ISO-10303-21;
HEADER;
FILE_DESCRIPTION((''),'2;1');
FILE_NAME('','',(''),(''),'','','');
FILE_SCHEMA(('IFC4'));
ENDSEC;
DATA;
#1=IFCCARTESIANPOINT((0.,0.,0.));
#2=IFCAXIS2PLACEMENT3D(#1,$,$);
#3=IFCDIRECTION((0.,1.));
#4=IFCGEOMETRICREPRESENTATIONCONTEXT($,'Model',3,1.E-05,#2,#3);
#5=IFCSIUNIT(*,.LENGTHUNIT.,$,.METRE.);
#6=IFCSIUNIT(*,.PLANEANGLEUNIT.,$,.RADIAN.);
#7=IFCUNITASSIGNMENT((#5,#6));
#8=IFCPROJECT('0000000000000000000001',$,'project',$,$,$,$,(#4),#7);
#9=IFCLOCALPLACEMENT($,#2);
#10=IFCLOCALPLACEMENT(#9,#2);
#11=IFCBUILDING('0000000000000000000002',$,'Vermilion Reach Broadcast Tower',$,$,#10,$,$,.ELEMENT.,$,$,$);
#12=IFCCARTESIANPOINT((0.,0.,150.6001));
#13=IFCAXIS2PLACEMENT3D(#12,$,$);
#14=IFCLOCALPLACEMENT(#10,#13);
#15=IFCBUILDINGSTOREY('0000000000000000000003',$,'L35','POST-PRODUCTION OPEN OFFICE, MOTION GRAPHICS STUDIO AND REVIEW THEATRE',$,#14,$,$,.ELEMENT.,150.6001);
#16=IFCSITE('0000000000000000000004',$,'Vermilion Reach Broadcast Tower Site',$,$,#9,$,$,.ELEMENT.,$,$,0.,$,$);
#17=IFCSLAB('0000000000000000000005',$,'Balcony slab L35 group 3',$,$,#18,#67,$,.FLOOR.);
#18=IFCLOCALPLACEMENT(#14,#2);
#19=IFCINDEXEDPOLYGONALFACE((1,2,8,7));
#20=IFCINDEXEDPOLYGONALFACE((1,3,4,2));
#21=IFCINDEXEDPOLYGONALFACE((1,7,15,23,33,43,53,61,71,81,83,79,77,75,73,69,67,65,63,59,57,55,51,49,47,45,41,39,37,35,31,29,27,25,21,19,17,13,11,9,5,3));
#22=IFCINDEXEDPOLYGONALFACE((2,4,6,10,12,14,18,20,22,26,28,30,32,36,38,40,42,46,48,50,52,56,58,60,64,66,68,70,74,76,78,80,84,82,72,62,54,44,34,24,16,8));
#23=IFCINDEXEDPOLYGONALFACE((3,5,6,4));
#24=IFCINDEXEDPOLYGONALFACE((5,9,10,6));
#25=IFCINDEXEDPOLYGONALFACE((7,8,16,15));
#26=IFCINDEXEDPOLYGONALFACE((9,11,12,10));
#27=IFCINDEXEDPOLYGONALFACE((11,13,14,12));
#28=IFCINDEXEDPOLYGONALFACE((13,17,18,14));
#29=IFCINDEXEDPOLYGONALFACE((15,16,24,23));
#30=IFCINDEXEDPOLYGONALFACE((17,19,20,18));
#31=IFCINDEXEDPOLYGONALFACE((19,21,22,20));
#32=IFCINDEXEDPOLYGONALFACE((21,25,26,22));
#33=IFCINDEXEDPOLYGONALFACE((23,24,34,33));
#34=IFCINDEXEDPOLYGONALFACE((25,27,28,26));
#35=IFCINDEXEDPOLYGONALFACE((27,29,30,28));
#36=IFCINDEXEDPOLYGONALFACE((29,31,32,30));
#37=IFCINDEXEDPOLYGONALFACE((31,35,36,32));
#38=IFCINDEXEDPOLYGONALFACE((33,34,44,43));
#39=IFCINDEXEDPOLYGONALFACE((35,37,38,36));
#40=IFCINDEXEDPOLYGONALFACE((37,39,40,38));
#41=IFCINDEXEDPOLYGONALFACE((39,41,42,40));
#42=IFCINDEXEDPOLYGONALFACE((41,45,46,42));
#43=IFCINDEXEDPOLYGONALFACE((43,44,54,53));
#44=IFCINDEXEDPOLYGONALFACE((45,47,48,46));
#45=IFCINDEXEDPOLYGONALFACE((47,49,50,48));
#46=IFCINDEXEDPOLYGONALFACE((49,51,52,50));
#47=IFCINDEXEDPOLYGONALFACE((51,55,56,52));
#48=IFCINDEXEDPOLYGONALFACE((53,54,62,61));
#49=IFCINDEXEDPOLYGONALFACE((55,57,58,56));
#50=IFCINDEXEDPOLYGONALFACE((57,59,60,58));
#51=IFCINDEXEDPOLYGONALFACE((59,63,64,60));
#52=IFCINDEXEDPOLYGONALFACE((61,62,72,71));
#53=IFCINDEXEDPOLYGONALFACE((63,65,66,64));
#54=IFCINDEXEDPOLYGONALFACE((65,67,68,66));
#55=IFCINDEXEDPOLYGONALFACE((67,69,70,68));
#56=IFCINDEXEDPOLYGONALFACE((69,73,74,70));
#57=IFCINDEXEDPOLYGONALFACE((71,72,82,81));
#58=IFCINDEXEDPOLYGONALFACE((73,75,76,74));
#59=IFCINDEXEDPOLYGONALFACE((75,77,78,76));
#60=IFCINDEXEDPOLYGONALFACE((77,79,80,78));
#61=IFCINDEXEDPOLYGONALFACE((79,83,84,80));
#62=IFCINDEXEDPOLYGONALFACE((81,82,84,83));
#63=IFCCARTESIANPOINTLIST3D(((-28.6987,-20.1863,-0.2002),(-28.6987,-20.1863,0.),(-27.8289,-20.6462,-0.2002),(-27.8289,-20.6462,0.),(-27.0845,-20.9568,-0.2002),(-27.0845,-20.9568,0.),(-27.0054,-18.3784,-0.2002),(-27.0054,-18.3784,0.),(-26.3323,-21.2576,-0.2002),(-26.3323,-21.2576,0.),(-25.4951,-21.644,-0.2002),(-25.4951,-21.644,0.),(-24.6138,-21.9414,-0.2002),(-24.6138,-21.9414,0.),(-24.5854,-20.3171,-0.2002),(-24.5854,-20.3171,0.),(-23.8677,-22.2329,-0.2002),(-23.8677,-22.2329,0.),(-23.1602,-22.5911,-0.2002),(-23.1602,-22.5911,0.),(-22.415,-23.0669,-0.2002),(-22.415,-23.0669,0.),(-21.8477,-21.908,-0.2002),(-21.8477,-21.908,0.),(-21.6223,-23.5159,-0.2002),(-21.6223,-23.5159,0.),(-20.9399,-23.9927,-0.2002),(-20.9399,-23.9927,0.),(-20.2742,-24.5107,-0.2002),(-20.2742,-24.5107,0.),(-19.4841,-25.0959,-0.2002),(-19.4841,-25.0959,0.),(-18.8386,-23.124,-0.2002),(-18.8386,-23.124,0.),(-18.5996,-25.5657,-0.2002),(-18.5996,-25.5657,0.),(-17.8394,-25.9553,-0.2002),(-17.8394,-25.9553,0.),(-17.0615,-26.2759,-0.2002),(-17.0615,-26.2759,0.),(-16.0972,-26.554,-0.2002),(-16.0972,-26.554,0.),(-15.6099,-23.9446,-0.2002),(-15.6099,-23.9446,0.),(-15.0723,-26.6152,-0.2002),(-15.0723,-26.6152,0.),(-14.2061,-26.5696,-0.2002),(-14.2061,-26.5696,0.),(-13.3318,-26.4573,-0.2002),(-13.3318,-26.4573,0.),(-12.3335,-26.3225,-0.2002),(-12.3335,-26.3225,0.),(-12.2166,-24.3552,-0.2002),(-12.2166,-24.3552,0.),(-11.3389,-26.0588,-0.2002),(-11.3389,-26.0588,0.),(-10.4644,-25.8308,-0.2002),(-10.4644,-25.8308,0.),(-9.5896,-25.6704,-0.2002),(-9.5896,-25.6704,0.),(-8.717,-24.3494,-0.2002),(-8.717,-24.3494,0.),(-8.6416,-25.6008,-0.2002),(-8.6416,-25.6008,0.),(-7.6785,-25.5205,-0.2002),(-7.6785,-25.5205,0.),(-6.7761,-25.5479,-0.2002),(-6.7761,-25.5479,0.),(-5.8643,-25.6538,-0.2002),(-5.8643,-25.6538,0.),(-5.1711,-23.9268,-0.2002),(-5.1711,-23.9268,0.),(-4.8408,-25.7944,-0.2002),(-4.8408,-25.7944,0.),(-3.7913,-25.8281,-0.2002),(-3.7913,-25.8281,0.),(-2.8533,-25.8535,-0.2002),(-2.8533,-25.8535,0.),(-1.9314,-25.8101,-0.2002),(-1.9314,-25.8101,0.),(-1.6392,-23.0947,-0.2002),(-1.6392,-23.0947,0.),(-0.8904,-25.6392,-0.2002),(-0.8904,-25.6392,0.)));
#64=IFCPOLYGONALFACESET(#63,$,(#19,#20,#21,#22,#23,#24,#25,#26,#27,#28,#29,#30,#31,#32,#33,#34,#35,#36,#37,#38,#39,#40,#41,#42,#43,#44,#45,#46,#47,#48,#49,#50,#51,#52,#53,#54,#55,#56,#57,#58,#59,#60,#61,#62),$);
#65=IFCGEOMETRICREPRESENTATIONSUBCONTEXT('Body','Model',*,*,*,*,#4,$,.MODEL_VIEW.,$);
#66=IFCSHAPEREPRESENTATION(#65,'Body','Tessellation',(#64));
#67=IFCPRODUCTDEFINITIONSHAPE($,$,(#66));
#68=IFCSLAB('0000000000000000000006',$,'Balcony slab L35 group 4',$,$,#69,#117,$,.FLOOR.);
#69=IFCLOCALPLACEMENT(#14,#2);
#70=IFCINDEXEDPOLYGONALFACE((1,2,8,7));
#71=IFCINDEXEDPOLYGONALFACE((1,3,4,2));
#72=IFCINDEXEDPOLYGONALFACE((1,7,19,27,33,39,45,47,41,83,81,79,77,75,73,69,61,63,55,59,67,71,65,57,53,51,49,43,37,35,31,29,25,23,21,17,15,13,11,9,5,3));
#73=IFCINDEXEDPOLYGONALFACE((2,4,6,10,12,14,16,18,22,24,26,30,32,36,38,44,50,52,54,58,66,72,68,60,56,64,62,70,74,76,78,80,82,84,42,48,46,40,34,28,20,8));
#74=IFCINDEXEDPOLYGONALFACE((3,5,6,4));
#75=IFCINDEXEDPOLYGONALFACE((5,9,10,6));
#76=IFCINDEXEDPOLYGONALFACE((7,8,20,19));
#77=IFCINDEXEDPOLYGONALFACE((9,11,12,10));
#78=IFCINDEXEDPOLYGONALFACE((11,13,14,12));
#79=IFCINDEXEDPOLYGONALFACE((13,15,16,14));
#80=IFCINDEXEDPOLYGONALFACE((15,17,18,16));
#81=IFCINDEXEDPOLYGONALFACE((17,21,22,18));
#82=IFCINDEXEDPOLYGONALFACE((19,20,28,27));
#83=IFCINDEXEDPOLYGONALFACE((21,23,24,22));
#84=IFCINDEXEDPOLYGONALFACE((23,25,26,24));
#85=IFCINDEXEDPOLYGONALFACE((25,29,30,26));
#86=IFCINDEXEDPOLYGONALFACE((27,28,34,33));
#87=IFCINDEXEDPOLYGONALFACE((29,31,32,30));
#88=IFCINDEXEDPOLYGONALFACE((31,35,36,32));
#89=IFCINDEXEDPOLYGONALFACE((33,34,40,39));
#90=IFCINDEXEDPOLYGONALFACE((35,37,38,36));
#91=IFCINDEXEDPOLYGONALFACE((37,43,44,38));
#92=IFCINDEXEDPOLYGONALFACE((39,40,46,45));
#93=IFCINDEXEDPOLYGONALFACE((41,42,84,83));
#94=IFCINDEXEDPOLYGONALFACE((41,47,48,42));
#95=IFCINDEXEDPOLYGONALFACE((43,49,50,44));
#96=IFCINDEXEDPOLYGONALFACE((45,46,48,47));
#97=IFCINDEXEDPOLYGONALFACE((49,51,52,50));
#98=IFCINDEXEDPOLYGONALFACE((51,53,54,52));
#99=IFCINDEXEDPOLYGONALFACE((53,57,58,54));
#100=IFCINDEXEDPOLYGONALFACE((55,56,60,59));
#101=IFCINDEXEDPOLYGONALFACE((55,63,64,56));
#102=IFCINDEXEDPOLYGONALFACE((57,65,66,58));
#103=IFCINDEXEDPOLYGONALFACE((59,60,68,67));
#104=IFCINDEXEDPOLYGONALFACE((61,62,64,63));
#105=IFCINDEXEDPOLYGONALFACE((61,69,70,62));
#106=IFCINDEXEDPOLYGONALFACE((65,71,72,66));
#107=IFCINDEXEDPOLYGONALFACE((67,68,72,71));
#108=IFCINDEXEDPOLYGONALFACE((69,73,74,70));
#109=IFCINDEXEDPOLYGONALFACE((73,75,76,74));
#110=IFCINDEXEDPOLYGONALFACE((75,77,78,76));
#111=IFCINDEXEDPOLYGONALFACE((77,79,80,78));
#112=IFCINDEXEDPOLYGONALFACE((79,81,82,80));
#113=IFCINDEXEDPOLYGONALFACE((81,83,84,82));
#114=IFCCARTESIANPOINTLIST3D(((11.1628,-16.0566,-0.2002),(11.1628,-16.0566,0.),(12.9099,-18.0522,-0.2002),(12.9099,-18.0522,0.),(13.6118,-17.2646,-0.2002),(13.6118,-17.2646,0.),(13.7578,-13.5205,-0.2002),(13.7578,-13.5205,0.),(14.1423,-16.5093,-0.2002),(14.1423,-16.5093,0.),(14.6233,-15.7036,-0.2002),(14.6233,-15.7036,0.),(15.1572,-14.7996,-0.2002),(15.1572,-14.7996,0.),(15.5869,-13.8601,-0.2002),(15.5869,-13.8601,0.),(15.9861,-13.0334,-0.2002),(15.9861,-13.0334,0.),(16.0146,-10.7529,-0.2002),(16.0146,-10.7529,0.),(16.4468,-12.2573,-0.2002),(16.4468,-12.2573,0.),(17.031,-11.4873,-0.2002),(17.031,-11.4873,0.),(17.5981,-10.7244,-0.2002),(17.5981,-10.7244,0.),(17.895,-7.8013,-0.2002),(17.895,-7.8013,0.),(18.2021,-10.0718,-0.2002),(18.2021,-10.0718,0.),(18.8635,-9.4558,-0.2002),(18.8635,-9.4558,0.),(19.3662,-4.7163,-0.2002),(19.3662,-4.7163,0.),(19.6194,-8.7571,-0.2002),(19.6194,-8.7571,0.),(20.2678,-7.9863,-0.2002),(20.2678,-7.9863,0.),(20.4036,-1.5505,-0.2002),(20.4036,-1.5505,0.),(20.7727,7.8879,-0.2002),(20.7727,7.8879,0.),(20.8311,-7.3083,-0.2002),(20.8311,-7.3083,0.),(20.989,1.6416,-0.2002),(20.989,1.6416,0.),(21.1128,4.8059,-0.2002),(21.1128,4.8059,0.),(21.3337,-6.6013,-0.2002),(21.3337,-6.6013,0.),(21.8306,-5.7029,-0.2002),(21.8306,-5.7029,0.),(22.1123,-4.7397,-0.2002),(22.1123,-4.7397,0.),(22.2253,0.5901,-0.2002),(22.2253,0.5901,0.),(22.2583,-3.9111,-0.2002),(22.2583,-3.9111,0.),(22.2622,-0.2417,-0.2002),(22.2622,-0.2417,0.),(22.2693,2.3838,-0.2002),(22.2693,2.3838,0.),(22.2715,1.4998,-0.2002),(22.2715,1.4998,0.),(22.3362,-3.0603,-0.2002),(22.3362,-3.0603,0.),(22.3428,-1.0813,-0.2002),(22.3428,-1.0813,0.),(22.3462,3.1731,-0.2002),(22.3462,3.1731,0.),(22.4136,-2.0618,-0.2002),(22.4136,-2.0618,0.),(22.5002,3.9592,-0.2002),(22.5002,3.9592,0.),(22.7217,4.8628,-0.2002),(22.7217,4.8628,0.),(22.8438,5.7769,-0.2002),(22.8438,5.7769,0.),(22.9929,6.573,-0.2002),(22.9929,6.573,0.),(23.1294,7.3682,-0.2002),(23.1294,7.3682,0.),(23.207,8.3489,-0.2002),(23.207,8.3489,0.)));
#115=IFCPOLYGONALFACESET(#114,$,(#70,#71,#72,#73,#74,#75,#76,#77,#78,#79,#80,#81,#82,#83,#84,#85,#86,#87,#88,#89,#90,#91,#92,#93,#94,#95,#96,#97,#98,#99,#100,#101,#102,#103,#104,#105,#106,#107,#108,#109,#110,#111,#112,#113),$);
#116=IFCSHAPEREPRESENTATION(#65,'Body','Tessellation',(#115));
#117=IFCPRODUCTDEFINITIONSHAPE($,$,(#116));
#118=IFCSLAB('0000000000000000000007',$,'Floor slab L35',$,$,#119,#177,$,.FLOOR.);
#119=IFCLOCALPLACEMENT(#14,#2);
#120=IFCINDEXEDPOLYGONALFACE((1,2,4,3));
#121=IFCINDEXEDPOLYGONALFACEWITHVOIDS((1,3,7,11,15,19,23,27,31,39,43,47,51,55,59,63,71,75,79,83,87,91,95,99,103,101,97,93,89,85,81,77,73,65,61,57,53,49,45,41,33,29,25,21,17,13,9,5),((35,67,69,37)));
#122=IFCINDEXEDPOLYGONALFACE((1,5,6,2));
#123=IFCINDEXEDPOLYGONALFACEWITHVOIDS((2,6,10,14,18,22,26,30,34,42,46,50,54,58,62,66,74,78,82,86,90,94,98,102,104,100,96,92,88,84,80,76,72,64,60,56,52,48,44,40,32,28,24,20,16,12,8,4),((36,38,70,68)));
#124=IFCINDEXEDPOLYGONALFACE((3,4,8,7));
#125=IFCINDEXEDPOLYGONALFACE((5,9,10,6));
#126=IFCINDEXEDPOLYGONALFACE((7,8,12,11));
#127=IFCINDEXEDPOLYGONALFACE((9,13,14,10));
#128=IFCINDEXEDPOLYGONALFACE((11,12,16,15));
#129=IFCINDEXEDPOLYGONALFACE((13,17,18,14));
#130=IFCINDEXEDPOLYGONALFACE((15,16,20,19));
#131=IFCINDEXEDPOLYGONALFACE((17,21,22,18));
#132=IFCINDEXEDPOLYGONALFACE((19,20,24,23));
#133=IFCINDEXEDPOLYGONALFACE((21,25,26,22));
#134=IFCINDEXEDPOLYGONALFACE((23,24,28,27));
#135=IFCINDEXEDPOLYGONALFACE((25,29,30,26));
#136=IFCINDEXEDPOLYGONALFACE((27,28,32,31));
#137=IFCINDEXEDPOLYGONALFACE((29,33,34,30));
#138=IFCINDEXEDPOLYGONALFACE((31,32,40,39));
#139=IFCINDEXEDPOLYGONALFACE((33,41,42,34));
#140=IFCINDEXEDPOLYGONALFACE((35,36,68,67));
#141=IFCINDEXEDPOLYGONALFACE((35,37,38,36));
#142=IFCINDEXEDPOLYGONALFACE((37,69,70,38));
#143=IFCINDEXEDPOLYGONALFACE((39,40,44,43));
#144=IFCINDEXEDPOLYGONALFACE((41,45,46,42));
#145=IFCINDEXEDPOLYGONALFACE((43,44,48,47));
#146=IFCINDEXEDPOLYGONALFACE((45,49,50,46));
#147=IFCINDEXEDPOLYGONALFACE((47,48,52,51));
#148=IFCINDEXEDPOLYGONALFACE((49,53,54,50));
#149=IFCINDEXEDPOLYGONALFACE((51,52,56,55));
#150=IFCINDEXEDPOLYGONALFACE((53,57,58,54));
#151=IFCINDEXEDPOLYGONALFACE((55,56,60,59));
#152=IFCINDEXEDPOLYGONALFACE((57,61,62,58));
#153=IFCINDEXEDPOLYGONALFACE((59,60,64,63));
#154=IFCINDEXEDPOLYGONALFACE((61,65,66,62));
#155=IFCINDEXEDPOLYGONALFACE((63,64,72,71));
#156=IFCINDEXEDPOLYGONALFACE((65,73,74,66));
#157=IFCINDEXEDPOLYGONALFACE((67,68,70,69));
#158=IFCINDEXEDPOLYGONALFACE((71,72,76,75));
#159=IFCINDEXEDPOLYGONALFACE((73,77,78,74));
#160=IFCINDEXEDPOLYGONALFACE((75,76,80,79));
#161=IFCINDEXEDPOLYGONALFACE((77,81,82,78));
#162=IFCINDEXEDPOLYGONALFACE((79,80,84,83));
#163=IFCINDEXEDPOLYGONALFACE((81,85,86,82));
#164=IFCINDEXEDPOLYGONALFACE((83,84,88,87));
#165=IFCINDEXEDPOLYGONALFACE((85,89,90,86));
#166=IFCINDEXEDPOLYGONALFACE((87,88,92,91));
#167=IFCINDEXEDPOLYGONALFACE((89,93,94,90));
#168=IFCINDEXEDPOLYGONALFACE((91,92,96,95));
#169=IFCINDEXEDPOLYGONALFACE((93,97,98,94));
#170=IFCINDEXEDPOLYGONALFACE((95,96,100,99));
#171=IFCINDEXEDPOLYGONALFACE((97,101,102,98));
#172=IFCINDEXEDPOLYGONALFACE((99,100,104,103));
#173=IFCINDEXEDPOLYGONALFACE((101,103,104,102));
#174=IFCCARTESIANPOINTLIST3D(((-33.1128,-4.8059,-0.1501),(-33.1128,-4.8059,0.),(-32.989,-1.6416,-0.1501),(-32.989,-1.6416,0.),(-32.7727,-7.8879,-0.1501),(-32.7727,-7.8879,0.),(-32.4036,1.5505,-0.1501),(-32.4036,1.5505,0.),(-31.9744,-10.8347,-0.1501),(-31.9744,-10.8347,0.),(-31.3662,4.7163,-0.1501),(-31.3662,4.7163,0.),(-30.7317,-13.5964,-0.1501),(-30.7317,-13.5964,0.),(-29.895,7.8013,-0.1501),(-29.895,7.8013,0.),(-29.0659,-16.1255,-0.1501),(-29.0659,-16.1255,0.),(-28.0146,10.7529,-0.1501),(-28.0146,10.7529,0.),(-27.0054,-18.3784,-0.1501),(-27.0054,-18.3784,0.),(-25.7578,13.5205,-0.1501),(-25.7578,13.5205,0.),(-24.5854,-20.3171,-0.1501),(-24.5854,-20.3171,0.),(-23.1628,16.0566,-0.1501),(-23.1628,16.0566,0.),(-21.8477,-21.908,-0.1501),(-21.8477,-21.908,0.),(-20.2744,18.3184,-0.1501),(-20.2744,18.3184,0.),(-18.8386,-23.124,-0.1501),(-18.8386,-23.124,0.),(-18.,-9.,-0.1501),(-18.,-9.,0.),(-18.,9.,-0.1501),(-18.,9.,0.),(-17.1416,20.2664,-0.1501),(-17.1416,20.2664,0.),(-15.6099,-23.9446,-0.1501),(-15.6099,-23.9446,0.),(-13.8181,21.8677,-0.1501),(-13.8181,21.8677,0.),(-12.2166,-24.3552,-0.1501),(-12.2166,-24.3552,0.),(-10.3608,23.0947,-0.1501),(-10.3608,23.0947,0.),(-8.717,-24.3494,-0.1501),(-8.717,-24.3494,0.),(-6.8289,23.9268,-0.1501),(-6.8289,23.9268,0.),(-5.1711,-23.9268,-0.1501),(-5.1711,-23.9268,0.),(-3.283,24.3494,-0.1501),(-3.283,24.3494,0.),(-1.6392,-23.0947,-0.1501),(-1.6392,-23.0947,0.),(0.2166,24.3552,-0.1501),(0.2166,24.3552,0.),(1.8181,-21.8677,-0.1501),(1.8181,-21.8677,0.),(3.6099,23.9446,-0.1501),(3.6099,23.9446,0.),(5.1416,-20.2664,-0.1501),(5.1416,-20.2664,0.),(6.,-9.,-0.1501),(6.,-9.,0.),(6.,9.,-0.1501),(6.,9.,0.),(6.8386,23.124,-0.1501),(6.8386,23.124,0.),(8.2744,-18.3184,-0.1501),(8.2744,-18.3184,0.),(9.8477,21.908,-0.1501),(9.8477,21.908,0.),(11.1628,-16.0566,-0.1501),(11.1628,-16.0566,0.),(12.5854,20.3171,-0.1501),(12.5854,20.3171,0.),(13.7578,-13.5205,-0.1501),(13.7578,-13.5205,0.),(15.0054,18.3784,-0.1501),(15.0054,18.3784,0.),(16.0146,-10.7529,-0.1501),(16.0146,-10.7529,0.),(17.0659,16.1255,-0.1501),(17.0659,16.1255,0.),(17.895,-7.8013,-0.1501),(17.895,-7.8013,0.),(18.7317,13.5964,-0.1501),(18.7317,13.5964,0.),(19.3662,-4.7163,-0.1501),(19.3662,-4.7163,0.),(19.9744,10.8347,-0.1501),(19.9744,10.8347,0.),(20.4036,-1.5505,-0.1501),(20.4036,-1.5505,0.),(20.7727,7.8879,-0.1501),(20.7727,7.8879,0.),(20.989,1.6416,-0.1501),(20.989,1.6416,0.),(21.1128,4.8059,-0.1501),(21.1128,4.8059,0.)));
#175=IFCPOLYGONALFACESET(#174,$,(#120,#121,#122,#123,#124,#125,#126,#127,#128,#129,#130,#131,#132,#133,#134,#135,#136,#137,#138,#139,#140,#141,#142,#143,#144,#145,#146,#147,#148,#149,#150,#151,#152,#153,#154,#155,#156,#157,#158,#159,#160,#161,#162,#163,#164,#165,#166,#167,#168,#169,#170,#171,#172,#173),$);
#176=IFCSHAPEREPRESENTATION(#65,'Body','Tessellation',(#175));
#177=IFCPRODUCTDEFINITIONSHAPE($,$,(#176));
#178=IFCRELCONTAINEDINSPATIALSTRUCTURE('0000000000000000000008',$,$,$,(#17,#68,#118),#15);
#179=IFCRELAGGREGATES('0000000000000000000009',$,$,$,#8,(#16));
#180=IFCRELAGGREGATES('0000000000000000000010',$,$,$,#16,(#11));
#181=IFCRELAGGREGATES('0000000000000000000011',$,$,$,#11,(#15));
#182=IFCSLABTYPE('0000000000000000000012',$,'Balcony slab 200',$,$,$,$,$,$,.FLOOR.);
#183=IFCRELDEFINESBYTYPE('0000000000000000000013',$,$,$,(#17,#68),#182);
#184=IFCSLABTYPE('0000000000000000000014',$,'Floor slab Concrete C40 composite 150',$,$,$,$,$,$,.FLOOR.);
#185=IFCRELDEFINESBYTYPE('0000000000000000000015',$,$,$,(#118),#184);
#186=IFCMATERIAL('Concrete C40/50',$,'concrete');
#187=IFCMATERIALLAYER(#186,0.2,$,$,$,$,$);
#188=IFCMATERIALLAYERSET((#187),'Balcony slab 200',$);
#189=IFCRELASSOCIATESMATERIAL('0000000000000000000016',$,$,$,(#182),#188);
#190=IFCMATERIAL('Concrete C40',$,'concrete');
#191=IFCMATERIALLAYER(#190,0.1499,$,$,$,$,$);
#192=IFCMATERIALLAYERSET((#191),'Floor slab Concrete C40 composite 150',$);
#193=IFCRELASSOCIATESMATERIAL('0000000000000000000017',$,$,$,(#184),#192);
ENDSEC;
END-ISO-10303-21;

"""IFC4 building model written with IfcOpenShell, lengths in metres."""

from ifc_helpers import new_model, si_unit, direction, frame, origin, place, context, subcontext, project, spatial, polyline, outline, extrude, material, layer, layer_set, type_object, element, save


model = new_model("IFC4")

# Units and contexts
model_context = context("Model", 3, precision=1e-05, world=origin(), true_north=direction((0.0, 1.0)))
body_context = subcontext(model_context, "Body", "Model", "MODEL_VIEW")
ifc_project = project(units=[si_unit("LENGTHUNIT", "METRE"), si_unit("PLANEANGLEUNIT", "RADIAN")], contexts=[model_context])

# Site, building, storey
site_placement = place(None, origin())
site = spatial("IfcSite", under=ifc_project, at=site_placement, Name="Vermilion Reach Broadcast Tower Site", CompositionType="ELEMENT", RefElevation=0.0)
building_placement = place(site_placement, origin())
building = spatial("IfcBuilding", under=site, at=building_placement, Name="Vermilion Reach Broadcast Tower", CompositionType="ELEMENT")
storey_placement = place(building_placement, frame((0.0, 0.0, 150.6001)))
storey = spatial("IfcBuildingStorey", under=building, at=storey_placement, Name="L35", Description="POST-PRODUCTION OPEN OFFICE, MOTION GRAPHICS STUDIO AND REVIEW THEATRE", CompositionType="ELEMENT", Elevation=150.6001)

# Slabs
ifc_material_1 = material(Name="Concrete C40/50", Category="concrete")
ifc_layer_1 = layer(ifc_material_1, 0.2)
ifc_layer_set_1 = layer_set([ifc_layer_1], Name="Balcony slab 200")
slab_type_1 = type_object("IfcSlabType", Name="Balcony slab 200", PredefinedType="FLOOR", material=ifc_layer_set_1)
placement_1 = place(storey_placement, frame((0.0, 0.0, -0.2002)))
element("IfcSlab", 1, at=placement_1, inside=storey, type_object=slab_type_1, Name="Balcony slab L35 group 3", PredefinedType="FLOOR", context=body_context, shape_type="SweptSolid", body=[
    extrude(outline(polyline([(-27.0054, -18.3784), (-24.5854, -20.3171), (-21.8477, -21.908), (-18.8386, -23.124), (-15.6099, -23.9446), (-12.2166, -24.3552), (-8.717, -24.3494), (-5.1711, -23.9268), (-1.6392, -23.0947), (-0.8904, -25.6392), (-1.9314, -25.8101), (-2.8533, -25.8535), (-3.7913, -25.8281), (-4.8408, -25.7944), (-5.8643, -25.6538), (-6.7761, -25.5479), (-7.6785, -25.5205), (-8.6416, -25.6008), (-9.5896, -25.6704), (-10.4644, -25.8308), (-11.3389, -26.0588), (-12.3335, -26.3225), (-13.3318, -26.4573), (-14.2061, -26.5696), (-15.0723, -26.6152), (-16.0972, -26.554), (-17.0615, -26.2759), (-17.8394, -25.9553), (-18.5996, -25.5657), (-19.4841, -25.0959), (-20.2742, -24.5107), (-20.9399, -23.9927), (-21.6223, -23.5159), (-22.415, -23.0669), (-23.1602, -22.5911), (-23.8677, -22.2329), (-24.6138, -21.9414), (-25.4951, -21.644), (-26.3323, -21.2576), (-27.0845, -20.9568), (-27.8289, -20.6462), (-28.6987, -20.1863), (-27.0054, -18.3784)])), origin(), (0.0, 0.0, 1.0), 0.2002),
])
element("IfcSlab", 2, at=placement_1, inside=storey, type_object=slab_type_1, Name="Balcony slab L35 group 4", PredefinedType="FLOOR", context=body_context, shape_type="SweptSolid", body=[
    extrude(outline(polyline([(11.1628, -16.0566), (13.7578, -13.5205), (16.0146, -10.7529), (17.895, -7.8013), (19.3662, -4.7163), (20.4036, -1.5505), (20.989, 1.6416), (21.1128, 4.8059), (20.7727, 7.8879), (23.207, 8.3489), (23.1294, 7.3682), (22.9929, 6.573), (22.8438, 5.7769), (22.7217, 4.8628), (22.5002, 3.9592), (22.3462, 3.1731), (22.2693, 2.3838), (22.2715, 1.4998), (22.2253, 0.5901), (22.2622, -0.2417), (22.3428, -1.0813), (22.4136, -2.0618), (22.3362, -3.0603), (22.2583, -3.9111), (22.1123, -4.7397), (21.8306, -5.7029), (21.3337, -6.6013), (20.8311, -7.3083), (20.2678, -7.9863), (19.6194, -8.7571), (18.8635, -9.4558), (18.2021, -10.0718), (17.5981, -10.7244), (17.031, -11.4873), (16.4468, -12.2573), (15.9861, -13.0334), (15.5869, -13.8601), (15.1572, -14.7996), (14.6233, -15.7036), (14.1423, -16.5093), (13.6118, -17.2646), (12.9099, -18.0522), (11.1628, -16.0566)])), origin(), (0.0, 0.0, 1.0), 0.2002),
])
ifc_material_2 = material(Name="Concrete C40", Category="concrete")
ifc_layer_2 = layer(ifc_material_2, 0.1499)
ifc_layer_set_2 = layer_set([ifc_layer_2], Name="Floor slab Concrete C40 composite 150")
slab_type_2 = type_object("IfcSlabType", Name="Floor slab Concrete C40 composite 150", PredefinedType="FLOOR", material=ifc_layer_set_2)
slab_1_placement = place(storey_placement, frame((0.0, 0.0, -0.1501)))
element("IfcSlab", 3, at=slab_1_placement, inside=storey, type_object=slab_type_2, Name="Floor slab L35", PredefinedType="FLOOR", context=body_context, shape_type="SweptSolid", body=[
    extrude(outline(polyline([(18.7317, 13.5964), (17.0659, 16.1255), (15.0054, 18.3784), (12.5854, 20.3171), (9.8477, 21.908), (6.8386, 23.124), (3.6099, 23.9446), (0.2166, 24.3552), (-3.283, 24.3494), (-6.8289, 23.9268), (-10.3608, 23.0947), (-13.8181, 21.8677), (-17.1416, 20.2664), (-20.2744, 18.3184), (-23.1628, 16.0566), (-25.7578, 13.5205), (-28.0146, 10.7529), (-29.895, 7.8013), (-31.3662, 4.7163), (-32.4036, 1.5505), (-32.989, -1.6416), (-33.1128, -4.8059), (-32.7727, -7.8879), (-31.9744, -10.8347), (-30.7317, -13.5964), (-29.0659, -16.1255), (-27.0054, -18.3784), (-24.5854, -20.3171), (-21.8477, -21.908), (-18.8386, -23.124), (-15.6099, -23.9446), (-12.2166, -24.3552), (-8.717, -24.3494), (-5.1711, -23.9268), (-1.6392, -23.0947), (1.8181, -21.8677), (5.1416, -20.2664), (8.2744, -18.3184), (11.1628, -16.0566), (13.7578, -13.5205), (16.0146, -10.7529), (17.895, -7.8013), (19.3662, -4.7163), (20.4036, -1.5505), (20.989, 1.6416), (21.1128, 4.8059), (20.7727, 7.8879), (19.9744, 10.8347), (18.7317, 13.5964)]), holes=[polyline([(-18.0, -9.0), (6.0, -9.0), (6.0, 9.0), (-18.0, 9.0), (-18.0, -9.0)])]), origin(), (0.0, 0.0, 1.0), 0.1501),
])

save(model, "model.ifc")
